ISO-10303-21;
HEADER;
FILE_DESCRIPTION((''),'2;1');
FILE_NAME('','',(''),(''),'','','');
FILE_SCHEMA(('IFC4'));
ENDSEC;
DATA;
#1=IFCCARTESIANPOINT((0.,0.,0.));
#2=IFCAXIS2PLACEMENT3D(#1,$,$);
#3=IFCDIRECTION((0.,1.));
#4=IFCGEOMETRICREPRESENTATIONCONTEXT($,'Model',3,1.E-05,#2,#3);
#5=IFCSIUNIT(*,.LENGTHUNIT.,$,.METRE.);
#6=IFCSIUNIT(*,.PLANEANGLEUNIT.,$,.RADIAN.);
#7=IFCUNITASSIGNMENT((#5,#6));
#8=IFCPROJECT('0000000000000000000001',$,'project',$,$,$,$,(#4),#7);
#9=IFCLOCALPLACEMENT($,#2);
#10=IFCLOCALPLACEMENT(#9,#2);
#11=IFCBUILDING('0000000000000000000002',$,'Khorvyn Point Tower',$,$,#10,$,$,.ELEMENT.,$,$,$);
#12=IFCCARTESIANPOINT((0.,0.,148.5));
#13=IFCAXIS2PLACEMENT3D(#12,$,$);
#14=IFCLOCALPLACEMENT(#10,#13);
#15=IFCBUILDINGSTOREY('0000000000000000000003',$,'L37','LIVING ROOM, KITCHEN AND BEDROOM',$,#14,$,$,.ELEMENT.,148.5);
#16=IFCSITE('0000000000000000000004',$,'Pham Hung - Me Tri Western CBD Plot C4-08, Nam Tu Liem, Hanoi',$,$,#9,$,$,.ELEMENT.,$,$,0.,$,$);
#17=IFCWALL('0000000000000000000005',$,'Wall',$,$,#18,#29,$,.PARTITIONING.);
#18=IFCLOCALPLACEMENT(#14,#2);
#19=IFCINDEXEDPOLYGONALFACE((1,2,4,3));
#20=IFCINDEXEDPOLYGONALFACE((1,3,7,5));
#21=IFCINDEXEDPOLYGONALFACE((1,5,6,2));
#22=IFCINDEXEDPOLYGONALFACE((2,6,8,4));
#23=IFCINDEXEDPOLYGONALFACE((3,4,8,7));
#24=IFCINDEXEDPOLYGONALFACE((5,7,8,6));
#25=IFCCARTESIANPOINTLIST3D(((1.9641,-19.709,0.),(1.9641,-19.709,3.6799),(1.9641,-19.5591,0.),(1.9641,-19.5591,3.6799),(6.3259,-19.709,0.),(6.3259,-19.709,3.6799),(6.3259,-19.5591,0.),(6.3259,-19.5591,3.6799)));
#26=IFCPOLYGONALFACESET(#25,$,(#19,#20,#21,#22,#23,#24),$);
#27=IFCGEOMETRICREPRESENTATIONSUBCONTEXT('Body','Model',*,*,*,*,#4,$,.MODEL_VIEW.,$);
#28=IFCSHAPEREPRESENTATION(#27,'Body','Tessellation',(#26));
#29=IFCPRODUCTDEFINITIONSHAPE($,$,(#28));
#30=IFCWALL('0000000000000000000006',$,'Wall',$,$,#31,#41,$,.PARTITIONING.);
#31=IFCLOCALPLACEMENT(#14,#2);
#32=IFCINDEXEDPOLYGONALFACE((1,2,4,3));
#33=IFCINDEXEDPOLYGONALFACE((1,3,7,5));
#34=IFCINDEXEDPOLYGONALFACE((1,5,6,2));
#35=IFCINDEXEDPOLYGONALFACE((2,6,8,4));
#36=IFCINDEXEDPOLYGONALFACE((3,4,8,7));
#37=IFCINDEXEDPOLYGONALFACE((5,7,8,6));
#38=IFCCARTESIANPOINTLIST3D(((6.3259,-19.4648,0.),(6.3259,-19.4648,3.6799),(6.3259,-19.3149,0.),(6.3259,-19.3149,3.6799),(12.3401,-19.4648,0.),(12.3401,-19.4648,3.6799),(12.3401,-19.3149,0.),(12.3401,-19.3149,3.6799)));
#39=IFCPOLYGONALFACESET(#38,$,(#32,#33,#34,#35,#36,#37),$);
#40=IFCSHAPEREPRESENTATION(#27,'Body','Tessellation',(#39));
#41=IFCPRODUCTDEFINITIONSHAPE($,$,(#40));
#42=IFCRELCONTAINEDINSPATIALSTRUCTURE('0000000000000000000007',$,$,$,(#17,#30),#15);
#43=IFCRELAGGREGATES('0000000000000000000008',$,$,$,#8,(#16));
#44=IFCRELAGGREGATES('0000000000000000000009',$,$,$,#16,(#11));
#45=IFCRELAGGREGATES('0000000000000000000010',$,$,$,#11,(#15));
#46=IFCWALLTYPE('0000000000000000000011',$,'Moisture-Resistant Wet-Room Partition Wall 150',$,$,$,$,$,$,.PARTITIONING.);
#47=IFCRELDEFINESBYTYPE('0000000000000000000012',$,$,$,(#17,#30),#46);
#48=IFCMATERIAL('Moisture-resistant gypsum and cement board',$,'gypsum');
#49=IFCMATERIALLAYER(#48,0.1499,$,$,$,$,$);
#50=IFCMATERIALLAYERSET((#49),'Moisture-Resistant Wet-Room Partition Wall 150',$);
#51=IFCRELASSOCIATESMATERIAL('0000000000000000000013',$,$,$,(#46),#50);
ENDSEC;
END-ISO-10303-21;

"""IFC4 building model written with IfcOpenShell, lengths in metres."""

from ifc_helpers import new_model, si_unit, direction, frame, frame_2d, origin, place, context, subcontext, project, spatial, rectangle, extrude, material, layer, layer_set, type_object, element, save


model = new_model("IFC4")

# Units and contexts
model_context = context("Model", 3, precision=1e-05, world=origin(), true_north=direction((0.0, 1.0)))
body_context = subcontext(model_context, "Body", "Model", "MODEL_VIEW")
ifc_project = project(units=[si_unit("LENGTHUNIT", "METRE"), si_unit("PLANEANGLEUNIT", "RADIAN")], contexts=[model_context])

# Site, building, storey
site_placement = place(None, origin())
site = spatial("IfcSite", under=ifc_project, at=site_placement, Name="Pham Hung - Me Tri Western CBD Plot C4-08, Nam Tu Liem, Hanoi", CompositionType="ELEMENT", RefElevation=0.0)
building_placement = place(site_placement, origin())
building = spatial("IfcBuilding", under=site, at=building_placement, Name="Khorvyn Point Tower", CompositionType="ELEMENT")
storey_placement = place(building_placement, frame((0.0, 0.0, 148.5)))
storey = spatial("IfcBuildingStorey", under=building, at=storey_placement, Name="L37", Description="LIVING ROOM, KITCHEN AND BEDROOM", CompositionType="ELEMENT", Elevation=148.5)

# Shared definitions
ifc_material_1 = material(Name="Moisture-resistant gypsum and cement board", Category="gypsum")
ifc_layer_1 = layer(ifc_material_1, 0.1499)
ifc_layer_set_1 = layer_set([ifc_layer_1], Name="Moisture-Resistant Wet-Room Partition Wall 150")
wall_type_1 = type_object("IfcWallType", Name="Moisture-Resistant Wet-Room Partition Wall 150", PredefinedType="PARTITIONING", material=ifc_layer_set_1)

# Walls
for number, where, z_axis, x_axis, name in (
    (1, (1.9641, -19.634, 0.0), (0.0, 0.0, 1.0), (1.0, 0.0, 0.0), "Wall"),
):
    element("IfcWall", number, at=place(storey_placement, frame(where, z_axis=z_axis, x_axis=x_axis)), inside=storey, type_object=wall_type_1, Name=name, PredefinedType="PARTITIONING", context=body_context, shape_type="SweptSolid", body=[
        extrude(rectangle(XDim=4.3618, YDim=0.1499, at=frame_2d((2.1809, 0.0))), origin(), (0.0, 0.0, 1.0), 3.6799),
    ])
wall_1_placement = place(storey_placement, frame((6.3259, -19.3899, 0.0), z_axis=(0.0, 0.0, 1.0), x_axis=(1.0, 0.0, 0.0)))
element("IfcWall", 2, at=wall_1_placement, inside=storey, type_object=wall_type_1, Name="Wall", PredefinedType="PARTITIONING", context=body_context, shape_type="SweptSolid", body=[
    extrude(rectangle(XDim=6.0142, YDim=0.1499, at=frame_2d((3.0071, 0.0))), origin(), (0.0, 0.0, 1.0), 3.6799),
])

save(model, "model.ifc")
